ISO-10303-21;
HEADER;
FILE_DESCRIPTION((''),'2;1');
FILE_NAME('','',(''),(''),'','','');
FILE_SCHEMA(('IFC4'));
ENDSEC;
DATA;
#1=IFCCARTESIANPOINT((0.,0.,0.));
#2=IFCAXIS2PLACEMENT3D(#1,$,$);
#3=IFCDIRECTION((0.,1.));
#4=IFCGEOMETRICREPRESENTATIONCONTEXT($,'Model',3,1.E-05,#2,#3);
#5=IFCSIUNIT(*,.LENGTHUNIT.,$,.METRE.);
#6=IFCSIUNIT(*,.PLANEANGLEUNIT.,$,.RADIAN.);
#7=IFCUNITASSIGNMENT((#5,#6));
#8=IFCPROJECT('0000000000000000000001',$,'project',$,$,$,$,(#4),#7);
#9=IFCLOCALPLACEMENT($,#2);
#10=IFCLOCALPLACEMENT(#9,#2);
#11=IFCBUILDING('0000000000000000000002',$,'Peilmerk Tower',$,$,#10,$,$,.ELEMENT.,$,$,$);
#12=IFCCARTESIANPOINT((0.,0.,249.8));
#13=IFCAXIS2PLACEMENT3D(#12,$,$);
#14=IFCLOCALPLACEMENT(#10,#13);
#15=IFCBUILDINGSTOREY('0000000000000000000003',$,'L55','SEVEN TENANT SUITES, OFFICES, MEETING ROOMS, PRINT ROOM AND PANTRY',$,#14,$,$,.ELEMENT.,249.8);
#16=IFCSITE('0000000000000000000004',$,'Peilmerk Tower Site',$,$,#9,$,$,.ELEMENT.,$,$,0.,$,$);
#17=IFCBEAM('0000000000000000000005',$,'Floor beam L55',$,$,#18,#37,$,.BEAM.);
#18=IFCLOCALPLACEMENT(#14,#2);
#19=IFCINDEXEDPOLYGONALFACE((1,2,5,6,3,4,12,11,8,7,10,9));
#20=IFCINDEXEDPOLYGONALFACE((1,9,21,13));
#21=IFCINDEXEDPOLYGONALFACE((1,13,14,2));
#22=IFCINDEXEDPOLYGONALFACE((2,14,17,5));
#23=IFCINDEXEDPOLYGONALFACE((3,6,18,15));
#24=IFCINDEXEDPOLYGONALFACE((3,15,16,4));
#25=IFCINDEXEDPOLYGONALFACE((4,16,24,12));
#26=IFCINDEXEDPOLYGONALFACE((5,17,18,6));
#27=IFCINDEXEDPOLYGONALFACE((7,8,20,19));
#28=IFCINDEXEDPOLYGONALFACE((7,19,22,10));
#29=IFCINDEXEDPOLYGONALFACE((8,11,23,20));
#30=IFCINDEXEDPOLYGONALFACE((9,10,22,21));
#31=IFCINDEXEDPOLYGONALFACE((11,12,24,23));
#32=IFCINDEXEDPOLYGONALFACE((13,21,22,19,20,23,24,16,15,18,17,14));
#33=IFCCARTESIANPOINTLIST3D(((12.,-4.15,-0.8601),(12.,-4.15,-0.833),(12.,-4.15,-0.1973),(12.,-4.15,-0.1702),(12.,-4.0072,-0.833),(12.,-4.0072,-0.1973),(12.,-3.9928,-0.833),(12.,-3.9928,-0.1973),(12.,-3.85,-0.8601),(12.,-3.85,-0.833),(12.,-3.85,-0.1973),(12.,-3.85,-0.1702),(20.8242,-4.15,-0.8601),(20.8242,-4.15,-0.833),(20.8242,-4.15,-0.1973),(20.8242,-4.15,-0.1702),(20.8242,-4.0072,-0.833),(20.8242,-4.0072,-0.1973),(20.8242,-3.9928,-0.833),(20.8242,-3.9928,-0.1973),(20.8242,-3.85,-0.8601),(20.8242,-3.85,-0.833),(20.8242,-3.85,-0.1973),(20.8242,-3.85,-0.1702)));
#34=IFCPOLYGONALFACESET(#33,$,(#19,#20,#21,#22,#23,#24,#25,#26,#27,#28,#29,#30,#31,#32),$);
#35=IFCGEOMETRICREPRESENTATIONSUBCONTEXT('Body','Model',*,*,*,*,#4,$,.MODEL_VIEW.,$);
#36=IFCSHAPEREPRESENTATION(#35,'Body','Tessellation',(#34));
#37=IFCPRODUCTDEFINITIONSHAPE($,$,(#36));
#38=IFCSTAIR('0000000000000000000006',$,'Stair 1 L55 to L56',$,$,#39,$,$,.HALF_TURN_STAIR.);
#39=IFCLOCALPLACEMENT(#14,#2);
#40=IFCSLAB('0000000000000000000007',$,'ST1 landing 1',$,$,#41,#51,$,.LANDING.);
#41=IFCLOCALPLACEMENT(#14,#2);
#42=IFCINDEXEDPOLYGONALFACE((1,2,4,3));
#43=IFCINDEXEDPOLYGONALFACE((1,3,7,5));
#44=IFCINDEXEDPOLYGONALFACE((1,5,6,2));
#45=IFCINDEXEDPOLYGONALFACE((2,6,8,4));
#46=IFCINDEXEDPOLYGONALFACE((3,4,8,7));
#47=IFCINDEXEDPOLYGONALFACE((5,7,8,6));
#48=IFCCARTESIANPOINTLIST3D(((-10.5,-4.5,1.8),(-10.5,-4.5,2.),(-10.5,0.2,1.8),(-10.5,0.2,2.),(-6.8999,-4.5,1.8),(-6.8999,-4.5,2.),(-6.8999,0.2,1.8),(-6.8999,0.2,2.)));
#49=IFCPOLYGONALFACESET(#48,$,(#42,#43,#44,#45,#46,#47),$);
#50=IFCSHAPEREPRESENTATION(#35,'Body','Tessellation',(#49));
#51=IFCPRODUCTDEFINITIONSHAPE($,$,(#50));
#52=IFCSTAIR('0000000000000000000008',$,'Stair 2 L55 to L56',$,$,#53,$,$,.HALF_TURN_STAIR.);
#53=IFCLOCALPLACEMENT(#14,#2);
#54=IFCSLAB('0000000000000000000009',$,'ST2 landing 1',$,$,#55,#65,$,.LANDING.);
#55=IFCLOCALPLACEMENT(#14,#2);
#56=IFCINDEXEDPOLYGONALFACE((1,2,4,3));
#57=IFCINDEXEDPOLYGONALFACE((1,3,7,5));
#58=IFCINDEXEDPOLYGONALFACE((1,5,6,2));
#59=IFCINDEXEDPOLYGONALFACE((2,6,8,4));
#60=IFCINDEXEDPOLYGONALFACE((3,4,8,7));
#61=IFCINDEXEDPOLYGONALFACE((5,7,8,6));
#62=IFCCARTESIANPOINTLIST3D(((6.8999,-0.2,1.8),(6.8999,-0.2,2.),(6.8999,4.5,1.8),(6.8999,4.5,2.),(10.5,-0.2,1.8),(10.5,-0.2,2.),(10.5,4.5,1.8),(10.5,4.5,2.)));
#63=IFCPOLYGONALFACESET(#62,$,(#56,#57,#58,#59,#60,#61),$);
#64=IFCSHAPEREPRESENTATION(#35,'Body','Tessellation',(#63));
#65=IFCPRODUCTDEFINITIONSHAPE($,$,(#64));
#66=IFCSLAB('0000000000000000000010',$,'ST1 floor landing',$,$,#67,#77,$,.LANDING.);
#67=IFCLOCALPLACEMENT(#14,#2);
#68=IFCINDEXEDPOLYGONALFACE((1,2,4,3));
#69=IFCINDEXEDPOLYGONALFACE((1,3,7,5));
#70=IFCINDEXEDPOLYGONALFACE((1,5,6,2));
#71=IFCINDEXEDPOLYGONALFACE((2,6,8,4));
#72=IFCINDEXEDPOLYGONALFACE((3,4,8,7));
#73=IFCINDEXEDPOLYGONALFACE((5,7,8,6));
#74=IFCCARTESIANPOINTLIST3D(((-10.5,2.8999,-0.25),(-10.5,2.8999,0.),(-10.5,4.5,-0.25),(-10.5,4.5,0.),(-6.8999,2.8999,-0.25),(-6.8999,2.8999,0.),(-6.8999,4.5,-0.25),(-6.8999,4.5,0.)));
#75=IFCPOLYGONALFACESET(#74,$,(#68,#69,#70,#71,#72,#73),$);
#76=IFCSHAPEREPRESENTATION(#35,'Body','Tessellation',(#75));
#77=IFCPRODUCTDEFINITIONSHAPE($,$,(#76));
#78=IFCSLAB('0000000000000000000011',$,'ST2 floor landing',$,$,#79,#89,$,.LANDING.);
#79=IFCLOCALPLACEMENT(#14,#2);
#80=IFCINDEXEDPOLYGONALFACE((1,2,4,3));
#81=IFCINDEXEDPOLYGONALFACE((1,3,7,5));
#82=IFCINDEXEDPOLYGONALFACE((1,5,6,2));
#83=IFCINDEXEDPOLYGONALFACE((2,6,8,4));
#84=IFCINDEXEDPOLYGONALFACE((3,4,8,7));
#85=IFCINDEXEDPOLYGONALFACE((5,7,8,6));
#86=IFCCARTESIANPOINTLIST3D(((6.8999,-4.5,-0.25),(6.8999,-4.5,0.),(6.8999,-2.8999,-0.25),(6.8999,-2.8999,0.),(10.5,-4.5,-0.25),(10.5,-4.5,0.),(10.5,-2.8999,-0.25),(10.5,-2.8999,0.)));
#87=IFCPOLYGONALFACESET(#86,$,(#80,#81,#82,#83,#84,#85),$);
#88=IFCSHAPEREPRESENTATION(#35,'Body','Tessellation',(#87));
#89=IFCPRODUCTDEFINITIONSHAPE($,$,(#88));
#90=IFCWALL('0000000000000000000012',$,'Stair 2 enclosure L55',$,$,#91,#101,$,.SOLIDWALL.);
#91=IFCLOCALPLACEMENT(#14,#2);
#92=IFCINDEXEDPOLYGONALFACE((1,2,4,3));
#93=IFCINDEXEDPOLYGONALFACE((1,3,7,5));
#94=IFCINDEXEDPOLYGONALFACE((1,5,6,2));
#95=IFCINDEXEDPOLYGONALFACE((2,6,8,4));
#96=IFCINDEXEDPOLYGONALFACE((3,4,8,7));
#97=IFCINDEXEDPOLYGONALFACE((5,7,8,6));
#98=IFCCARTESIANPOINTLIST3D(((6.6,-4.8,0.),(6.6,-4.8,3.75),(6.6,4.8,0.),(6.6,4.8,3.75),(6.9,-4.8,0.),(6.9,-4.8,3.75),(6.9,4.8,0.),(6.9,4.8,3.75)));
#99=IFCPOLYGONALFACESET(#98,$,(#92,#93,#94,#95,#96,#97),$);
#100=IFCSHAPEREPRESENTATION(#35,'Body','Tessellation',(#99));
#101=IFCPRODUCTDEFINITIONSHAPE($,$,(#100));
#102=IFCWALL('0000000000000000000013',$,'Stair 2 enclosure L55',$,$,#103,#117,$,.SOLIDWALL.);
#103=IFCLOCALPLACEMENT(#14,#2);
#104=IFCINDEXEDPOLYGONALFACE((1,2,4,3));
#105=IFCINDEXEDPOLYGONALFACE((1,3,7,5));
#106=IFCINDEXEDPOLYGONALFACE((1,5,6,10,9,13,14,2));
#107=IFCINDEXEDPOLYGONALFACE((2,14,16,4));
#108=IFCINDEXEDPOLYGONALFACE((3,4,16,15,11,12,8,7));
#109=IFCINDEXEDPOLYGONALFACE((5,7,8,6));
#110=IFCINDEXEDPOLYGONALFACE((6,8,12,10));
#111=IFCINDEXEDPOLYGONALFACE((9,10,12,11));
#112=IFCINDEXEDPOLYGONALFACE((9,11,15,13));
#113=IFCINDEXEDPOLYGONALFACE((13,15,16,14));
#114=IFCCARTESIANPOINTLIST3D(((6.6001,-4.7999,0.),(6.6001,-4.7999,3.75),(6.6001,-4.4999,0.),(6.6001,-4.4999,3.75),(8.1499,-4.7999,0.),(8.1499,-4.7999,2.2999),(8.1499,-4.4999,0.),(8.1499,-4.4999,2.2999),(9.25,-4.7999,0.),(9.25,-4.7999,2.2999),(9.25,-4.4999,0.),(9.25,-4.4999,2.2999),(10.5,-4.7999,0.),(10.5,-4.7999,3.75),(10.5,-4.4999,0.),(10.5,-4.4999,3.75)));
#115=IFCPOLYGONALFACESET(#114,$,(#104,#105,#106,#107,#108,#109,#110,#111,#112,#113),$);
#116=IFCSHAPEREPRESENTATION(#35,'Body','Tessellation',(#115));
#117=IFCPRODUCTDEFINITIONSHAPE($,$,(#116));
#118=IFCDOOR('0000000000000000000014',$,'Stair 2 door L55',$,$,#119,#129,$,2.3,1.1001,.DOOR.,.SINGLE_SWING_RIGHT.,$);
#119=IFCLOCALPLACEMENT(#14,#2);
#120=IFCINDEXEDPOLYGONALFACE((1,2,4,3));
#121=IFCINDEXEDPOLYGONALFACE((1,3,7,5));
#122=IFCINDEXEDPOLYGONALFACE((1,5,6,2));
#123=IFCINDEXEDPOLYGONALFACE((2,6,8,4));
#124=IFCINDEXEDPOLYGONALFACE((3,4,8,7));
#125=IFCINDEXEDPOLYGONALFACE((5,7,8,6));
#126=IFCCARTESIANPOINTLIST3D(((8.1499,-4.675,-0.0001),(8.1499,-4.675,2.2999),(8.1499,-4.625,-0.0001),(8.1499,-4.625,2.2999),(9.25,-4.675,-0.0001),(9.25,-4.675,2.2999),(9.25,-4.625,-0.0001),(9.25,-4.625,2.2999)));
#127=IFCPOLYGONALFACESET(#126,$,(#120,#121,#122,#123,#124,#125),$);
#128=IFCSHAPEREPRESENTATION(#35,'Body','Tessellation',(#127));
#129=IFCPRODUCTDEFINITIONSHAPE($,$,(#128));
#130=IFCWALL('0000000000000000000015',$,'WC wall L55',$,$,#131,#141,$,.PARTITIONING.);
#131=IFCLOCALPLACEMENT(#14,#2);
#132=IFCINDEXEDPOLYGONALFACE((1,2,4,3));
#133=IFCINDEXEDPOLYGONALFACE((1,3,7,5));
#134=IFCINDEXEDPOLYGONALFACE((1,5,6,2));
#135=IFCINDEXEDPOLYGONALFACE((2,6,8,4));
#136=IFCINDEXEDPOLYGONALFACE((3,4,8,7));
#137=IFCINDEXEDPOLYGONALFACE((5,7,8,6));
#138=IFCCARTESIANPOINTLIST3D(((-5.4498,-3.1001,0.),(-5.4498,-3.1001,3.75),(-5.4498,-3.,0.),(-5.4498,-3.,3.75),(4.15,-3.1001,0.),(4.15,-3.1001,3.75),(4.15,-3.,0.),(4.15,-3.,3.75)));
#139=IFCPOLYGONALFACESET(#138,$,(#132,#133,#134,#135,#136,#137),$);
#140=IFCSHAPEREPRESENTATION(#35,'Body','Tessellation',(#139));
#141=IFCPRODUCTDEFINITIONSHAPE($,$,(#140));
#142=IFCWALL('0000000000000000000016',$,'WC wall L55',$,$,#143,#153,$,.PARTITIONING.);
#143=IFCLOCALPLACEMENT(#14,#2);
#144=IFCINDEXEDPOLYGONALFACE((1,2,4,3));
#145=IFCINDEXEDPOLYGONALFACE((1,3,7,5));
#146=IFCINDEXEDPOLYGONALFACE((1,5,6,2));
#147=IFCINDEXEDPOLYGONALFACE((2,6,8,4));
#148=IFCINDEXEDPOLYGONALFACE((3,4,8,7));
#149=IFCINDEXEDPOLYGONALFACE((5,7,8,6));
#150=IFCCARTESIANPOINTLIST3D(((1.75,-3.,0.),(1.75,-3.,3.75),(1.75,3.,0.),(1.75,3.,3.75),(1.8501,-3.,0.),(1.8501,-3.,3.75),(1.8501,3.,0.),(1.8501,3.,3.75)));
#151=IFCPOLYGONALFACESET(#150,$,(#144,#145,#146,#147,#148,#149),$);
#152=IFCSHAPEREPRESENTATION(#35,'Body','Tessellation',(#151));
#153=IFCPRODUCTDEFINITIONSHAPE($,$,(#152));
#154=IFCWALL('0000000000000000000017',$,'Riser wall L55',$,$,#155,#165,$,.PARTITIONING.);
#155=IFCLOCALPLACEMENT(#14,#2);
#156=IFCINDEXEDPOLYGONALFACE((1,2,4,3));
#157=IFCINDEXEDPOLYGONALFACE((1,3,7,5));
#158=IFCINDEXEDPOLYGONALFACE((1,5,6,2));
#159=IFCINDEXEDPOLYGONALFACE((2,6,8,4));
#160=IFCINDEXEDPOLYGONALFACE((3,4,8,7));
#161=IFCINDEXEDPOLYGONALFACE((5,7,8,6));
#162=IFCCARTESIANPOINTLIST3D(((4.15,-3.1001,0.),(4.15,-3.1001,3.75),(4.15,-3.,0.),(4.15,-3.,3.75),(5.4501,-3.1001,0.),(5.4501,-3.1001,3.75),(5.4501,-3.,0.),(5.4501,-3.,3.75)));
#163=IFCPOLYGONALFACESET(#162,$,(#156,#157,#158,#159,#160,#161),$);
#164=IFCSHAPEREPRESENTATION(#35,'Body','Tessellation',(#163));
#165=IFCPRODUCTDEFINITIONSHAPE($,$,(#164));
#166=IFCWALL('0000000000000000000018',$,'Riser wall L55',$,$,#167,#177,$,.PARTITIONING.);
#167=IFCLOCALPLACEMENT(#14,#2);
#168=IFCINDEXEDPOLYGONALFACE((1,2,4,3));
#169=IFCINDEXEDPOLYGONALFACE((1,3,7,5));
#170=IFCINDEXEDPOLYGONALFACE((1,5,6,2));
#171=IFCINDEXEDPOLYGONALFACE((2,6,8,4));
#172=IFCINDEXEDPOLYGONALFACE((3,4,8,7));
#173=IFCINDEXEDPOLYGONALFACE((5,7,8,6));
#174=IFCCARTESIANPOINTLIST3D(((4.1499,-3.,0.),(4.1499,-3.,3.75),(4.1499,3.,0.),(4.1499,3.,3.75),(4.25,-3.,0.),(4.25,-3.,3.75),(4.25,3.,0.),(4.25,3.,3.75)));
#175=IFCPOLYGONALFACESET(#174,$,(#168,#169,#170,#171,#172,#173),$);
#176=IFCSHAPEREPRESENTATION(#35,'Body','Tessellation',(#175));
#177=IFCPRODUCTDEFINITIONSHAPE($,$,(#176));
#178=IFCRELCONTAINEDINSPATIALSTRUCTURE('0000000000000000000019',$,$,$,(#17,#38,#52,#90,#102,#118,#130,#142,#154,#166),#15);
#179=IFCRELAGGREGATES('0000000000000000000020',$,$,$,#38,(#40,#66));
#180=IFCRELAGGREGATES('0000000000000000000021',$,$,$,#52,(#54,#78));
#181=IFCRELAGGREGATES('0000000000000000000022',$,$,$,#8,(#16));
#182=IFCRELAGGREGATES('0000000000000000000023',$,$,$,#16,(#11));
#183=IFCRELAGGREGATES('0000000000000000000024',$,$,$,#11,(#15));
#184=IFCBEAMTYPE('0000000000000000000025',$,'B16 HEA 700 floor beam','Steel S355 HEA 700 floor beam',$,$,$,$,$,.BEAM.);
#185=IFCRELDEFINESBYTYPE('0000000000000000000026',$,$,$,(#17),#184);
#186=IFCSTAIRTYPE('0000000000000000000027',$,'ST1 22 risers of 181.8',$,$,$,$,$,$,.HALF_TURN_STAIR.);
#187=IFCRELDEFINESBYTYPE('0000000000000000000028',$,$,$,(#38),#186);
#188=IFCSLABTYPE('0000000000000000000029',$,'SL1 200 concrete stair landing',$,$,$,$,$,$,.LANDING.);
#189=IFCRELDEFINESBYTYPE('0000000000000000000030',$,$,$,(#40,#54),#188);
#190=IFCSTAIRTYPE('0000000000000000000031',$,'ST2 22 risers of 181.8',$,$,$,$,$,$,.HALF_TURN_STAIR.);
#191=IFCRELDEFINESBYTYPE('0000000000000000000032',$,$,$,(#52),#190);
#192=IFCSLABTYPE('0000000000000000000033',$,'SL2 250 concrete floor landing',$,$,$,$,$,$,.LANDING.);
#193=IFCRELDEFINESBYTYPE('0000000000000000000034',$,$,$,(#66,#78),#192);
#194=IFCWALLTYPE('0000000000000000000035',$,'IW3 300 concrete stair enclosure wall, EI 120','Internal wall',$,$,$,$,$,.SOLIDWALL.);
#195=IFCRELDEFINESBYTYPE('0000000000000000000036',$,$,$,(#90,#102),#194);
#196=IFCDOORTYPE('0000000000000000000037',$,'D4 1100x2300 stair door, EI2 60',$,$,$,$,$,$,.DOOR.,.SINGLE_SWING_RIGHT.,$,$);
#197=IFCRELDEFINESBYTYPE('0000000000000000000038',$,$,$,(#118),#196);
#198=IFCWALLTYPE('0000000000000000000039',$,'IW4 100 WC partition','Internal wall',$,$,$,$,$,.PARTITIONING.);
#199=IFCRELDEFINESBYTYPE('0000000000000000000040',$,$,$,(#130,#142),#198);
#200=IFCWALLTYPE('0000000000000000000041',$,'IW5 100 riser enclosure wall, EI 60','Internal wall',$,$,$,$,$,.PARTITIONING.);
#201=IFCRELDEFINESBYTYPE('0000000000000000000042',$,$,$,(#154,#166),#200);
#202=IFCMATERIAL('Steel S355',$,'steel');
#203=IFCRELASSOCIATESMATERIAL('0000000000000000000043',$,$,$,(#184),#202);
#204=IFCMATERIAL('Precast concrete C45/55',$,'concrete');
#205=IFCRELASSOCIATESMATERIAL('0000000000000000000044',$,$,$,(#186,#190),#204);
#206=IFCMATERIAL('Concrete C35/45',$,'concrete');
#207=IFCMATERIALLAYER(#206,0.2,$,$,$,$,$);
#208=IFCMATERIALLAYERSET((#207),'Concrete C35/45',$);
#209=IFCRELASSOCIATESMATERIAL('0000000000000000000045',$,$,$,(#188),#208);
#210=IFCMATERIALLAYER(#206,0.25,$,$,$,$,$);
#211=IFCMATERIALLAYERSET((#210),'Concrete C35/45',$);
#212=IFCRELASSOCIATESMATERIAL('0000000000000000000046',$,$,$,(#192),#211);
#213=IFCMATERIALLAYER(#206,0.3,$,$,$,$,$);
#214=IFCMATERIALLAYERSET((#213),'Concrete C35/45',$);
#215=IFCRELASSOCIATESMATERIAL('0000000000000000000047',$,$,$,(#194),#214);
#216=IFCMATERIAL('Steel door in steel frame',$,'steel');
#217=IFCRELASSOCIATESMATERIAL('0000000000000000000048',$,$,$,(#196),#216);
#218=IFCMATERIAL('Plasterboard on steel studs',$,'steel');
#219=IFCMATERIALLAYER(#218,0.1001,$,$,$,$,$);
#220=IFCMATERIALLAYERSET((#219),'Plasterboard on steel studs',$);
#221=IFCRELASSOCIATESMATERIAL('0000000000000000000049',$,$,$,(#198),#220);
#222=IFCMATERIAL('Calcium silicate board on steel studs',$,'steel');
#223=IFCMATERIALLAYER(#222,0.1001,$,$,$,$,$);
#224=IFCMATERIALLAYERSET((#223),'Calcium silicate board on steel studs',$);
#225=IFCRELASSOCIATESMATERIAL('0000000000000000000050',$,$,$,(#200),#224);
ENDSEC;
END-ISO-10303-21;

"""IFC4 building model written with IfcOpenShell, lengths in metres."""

from ifc_helpers import new_model, si_unit, direction, frame, frame_2d, origin, origin_2d, place, context, subcontext, project, spatial, polyline, rectangle, i_section, outline, extrude, material, layer, layer_set, material_profile, profile_set, type_object, element, fill, aggregate, save


model = new_model("IFC4")

# Units and contexts
model_context = context("Model", 3, precision=1e-05, world=origin(), true_north=direction((0.0, 1.0)))
body_context = subcontext(model_context, "Body", "Model", "MODEL_VIEW")
ifc_project = project(units=[si_unit("LENGTHUNIT", "METRE"), si_unit("PLANEANGLEUNIT", "RADIAN")], contexts=[model_context])

# Site, building, storey
site_placement = place(None, origin())
site = spatial("IfcSite", under=ifc_project, at=site_placement, Name="Peilmerk Tower Site", CompositionType="ELEMENT", RefElevation=0.0)
building_placement = place(site_placement, origin())
building = spatial("IfcBuilding", under=site, at=building_placement, Name="Peilmerk Tower", CompositionType="ELEMENT")
storey_placement = place(building_placement, frame((0.0, 0.0, 249.8)))
storey = spatial("IfcBuildingStorey", under=building, at=storey_placement, Name="L55", Description="SEVEN TENANT SUITES, OFFICES, MEETING ROOMS, PRINT ROOM AND PANTRY", CompositionType="ELEMENT", Elevation=249.8)

# Beam
ifc_material_1 = material(Name="Steel S355", Category="steel")
ifc_material_profile = material_profile(ifc_material_1, i_section(OverallWidth=0.3, OverallDepth=0.6899, WebThickness=0.0144, FlangeThickness=0.0271, at=origin_2d()), Name="HEA 700")
ifc_profile_set = profile_set([ifc_material_profile], Name="Steel S355")
beam_type = type_object("IfcBeamType", Name="B16 HEA 700 floor beam", Description="Steel S355 HEA 700 floor beam", PredefinedType="BEAM", material=ifc_profile_set)
beam_placement = place(storey_placement, frame((12.0, -4.0, -0.5151), z_axis=(1.0, 0.0, 0.0), x_axis=(0.0, 1.0, 0.0)))
element("IfcBeam", 1, at=beam_placement, inside=storey, type_object=beam_type, Name="Floor beam L55", PredefinedType="BEAM", context=body_context, shape_type="SweptSolid", body=[
    extrude(i_section(OverallWidth=0.3, OverallDepth=0.6899, WebThickness=0.0144, FlangeThickness=0.0271, at=origin_2d()), origin(), (0.0, 0.0, 1.0), 8.8242),
])

# Stairs, slabs
ifc_material_2 = material(Name="Precast concrete C45/55", Category="concrete")
stair_type_1 = type_object("IfcStairType", Name="ST1 22 risers of 181.8", PredefinedType="HALF_TURN_STAIR", material=ifc_material_2)
stair_1_placement = place(storey_placement, origin())
stair_1 = element("IfcStair", 2, at=stair_1_placement, inside=storey, type_object=stair_type_1, Name="Stair 1 L55 to L56", PredefinedType="HALF_TURN_STAIR")
ifc_material_3 = material(Name="Concrete C35/45", Category="concrete")
ifc_layer_1 = layer(ifc_material_3, 0.2)
ifc_layer_set_1 = layer_set([ifc_layer_1], Name="Concrete C35/45")
slab_type_1 = type_object("IfcSlabType", Name="SL1 200 concrete stair landing", PredefinedType="LANDING", material=ifc_layer_set_1)
slab_1_placement = place(storey_placement, frame((0.0, 0.0, 1.8)))
slab_1 = element("IfcSlab", 3, at=slab_1_placement, type_object=slab_type_1, Name="ST1 landing 1", PredefinedType="LANDING", context=body_context, shape_type="SweptSolid", body=[
    extrude(outline(polyline([(-10.5, -4.5), (-6.8999, -4.5), (-6.8999, 0.2), (-10.5, 0.2), (-10.5, -4.5)])), origin(), (0.0, 0.0, 1.0), 0.2),
])
stair_type_2 = type_object("IfcStairType", Name="ST2 22 risers of 181.8", PredefinedType="HALF_TURN_STAIR", material=ifc_material_2)
stair_2_placement = place(storey_placement, origin())
stair_2 = element("IfcStair", 4, at=stair_2_placement, inside=storey, type_object=stair_type_2, Name="Stair 2 L55 to L56", PredefinedType="HALF_TURN_STAIR")
slab_2_placement = place(storey_placement, frame((0.0, 0.0, 1.8)))
slab_2 = element("IfcSlab", 5, at=slab_2_placement, type_object=slab_type_1, Name="ST2 landing 1", PredefinedType="LANDING", context=body_context, shape_type="SweptSolid", body=[
    extrude(outline(polyline([(6.8999, -0.2), (10.5, -0.2), (10.5, 4.5), (6.8999, 4.5), (6.8999, -0.2)])), origin(), (0.0, 0.0, 1.0), 0.2),
])

# Slabs
ifc_layer_2 = layer(ifc_material_3, 0.25)
ifc_layer_set_2 = layer_set([ifc_layer_2], Name="Concrete C35/45")
slab_type_2 = type_object("IfcSlabType", Name="SL2 250 concrete floor landing", PredefinedType="LANDING", material=ifc_layer_set_2)
slab_3_placement = place(storey_placement, frame((0.0, 0.0, -0.25)))
slab_3 = element("IfcSlab", 6, at=slab_3_placement, type_object=slab_type_2, Name="ST1 floor landing", PredefinedType="LANDING", context=body_context, shape_type="SweptSolid", body=[
    extrude(outline(polyline([(-10.5, 2.8999), (-6.8999, 2.8999), (-6.8999, 4.5), (-10.5, 4.5), (-10.5, 2.8999)])), origin(), (0.0, 0.0, 1.0), 0.25),
])
aggregate(stair_1, [slab_1, slab_3])
slab_4_placement = place(storey_placement, frame((0.0, 0.0, -0.25)))
slab_4 = element("IfcSlab", 7, at=slab_4_placement, type_object=slab_type_2, Name="ST2 floor landing", PredefinedType="LANDING", context=body_context, shape_type="SweptSolid", body=[
    extrude(outline(polyline([(6.8999, -4.5), (10.5, -4.5), (10.5, -2.8999), (6.8999, -2.8999), (6.8999, -4.5)])), origin(), (0.0, 0.0, 1.0), 0.25),
])

# Wall
ifc_layer_3 = layer(ifc_material_3, 0.3)
ifc_layer_set_3 = layer_set([ifc_layer_3], Name="Concrete C35/45")
wall_type_1 = type_object("IfcWallType", Name="IW3 300 concrete stair enclosure wall, EI 120", Description="Internal wall", PredefinedType="SOLIDWALL", material=ifc_layer_set_3)
wall_1_placement = place(storey_placement, frame((6.75, -4.8, 0.0), z_axis=(0.0, 0.0, 1.0), x_axis=(0.0, 1.0, 0.0)))
element("IfcWall", 8, at=wall_1_placement, inside=storey, type_object=wall_type_1, Name="Stair 2 enclosure L55", PredefinedType="SOLIDWALL", context=body_context, shape_type="SweptSolid", body=[
    extrude(rectangle(XDim=9.6001, YDim=0.3, at=frame_2d((4.8, 0.0))), origin(), (0.0, 0.0, 1.0), 3.75),
])

# Wall, opening, door
wall_2_placement = place(storey_placement, frame((10.5, -4.6499, 0.0), z_axis=(0.0, 0.0, 1.0), x_axis=(-1.0, 0.0, 0.0)))
wall_2 = element("IfcWall", 9, at=wall_2_placement, inside=storey, type_object=wall_type_1, Name="Stair 2 enclosure L55", PredefinedType="SOLIDWALL", context=body_context, shape_type="SweptSolid", body=[
    extrude(rectangle(XDim=3.8999, YDim=0.3, at=frame_2d((1.95, 0.0))), origin(), (0.0, 0.0, 1.0), 3.75),
])
opening_1_placement = place(wall_2_placement, frame((1.25, 0.0, 0.0)))
opening_1 = element("IfcOpeningElement", 10, at=opening_1_placement, cuts=wall_2, PredefinedType="OPENING", context=body_context, shape_type="SweptSolid", body=[
    extrude(rectangle(XDim=1.1001, YDim=2.3, at=frame_2d((0.55, 1.1499))), frame((0.0, 0.1599, 0.0), z_axis=(0.0, -1.0, 0.0), x_axis=(1.0, 0.0, 0.0)), (0.0, 0.0, 1.0), 0.3201),
])
ifc_material_4 = material(Name="Steel door in steel frame", Category="steel")
door_type_1 = type_object("IfcDoorType", Name="D4 1100x2300 stair door, EI2 60", OperationType="SINGLE_SWING_RIGHT", PredefinedType="DOOR", material=ifc_material_4)
door_1_placement = place(opening_1_placement, frame((1.1001, 0.0, 0.0), z_axis=(0.0, 0.0, 1.0), x_axis=(-1.0, 0.0, 0.0)))
door_1 = element("IfcDoor", 11, at=door_1_placement, inside=storey, type_object=door_type_1, Name="Stair 2 door L55", OperationType="SINGLE_SWING_RIGHT", OverallHeight=2.3, OverallWidth=1.1001, PredefinedType="DOOR", context=body_context, shape_type="SweptSolid", body=[
    extrude(rectangle(XDim=1.1001, YDim=2.3, at=frame_2d((0.55, 1.1499))), frame((0.0, 0.0249, 0.0), z_axis=(0.0, -1.0, 0.0), x_axis=(1.0, 0.0, 0.0)), (0.0, 0.0, 1.0), 0.05),
])
fill(opening_1, door_1)

# Walls
ifc_material_5 = material(Name="Plasterboard on steel studs", Category="steel")
ifc_layer_4 = layer(ifc_material_5, 0.1001)
ifc_layer_set_4 = layer_set([ifc_layer_4], Name="Plasterboard on steel studs")
wall_type_2 = type_object("IfcWallType", Name="IW4 100 WC partition", Description="Internal wall", PredefinedType="PARTITIONING", material=ifc_layer_set_4)
wall_3_placement = place(storey_placement, frame((4.1499, -3.05, 0.0), z_axis=(0.0, 0.0, 1.0), x_axis=(-1.0, 0.0, 0.0)))
element("IfcWall", 12, at=wall_3_placement, inside=storey, type_object=wall_type_2, Name="WC wall L55", PredefinedType="PARTITIONING", context=body_context, shape_type="SweptSolid", body=[
    extrude(rectangle(XDim=9.5999, YDim=0.1001, at=frame_2d((4.7998, 0.0))), origin(), (0.0, 0.0, 1.0), 3.75),
])
wall_4_placement = place(storey_placement, frame((1.8, -3.0, 0.0), z_axis=(0.0, 0.0, 1.0), x_axis=(0.0, 1.0, 0.0)))
element("IfcWall", 13, at=wall_4_placement, inside=storey, type_object=wall_type_2, Name="WC wall L55", PredefinedType="PARTITIONING", context=body_context, shape_type="SweptSolid", body=[
    extrude(rectangle(XDim=6.0, YDim=0.1001, at=frame_2d((3.0, 0.0))), origin(), (0.0, 0.0, 1.0), 3.75),
])
ifc_material_6 = material(Name="Calcium silicate board on steel studs", Category="steel")
ifc_layer_5 = layer(ifc_material_6, 0.1001)
ifc_layer_set_5 = layer_set([ifc_layer_5], Name="Calcium silicate board on steel studs")
wall_type_3 = type_object("IfcWallType", Name="IW5 100 riser enclosure wall, EI 60", Description="Internal wall", PredefinedType="PARTITIONING", material=ifc_layer_set_5)
wall_5_placement = place(storey_placement, frame((5.45, -3.05, 0.0), z_axis=(0.0, 0.0, 1.0), x_axis=(-1.0, 0.0, 0.0)))
element("IfcWall", 14, at=wall_5_placement, inside=storey, type_object=wall_type_3, Name="Riser wall L55", PredefinedType="PARTITIONING", context=body_context, shape_type="SweptSolid", body=[
    extrude(rectangle(XDim=1.3, YDim=0.1001, at=frame_2d((0.6499, 0.0))), origin(), (0.0, 0.0, 1.0), 3.75),
])
wall_6_placement = place(storey_placement, frame((4.2, -3.0, 0.0), z_axis=(0.0, 0.0, 1.0), x_axis=(0.0, 1.0, 0.0)))
element("IfcWall", 15, at=wall_6_placement, inside=storey, type_object=wall_type_3, Name="Riser wall L55", PredefinedType="PARTITIONING", context=body_context, shape_type="SweptSolid", body=[
    extrude(rectangle(XDim=6.0, YDim=0.1001, at=frame_2d((3.0, 0.0))), origin(), (0.0, 0.0, 1.0), 3.75),
])

aggregate(stair_2, [slab_2, slab_4])

save(model, "model.ifc")
